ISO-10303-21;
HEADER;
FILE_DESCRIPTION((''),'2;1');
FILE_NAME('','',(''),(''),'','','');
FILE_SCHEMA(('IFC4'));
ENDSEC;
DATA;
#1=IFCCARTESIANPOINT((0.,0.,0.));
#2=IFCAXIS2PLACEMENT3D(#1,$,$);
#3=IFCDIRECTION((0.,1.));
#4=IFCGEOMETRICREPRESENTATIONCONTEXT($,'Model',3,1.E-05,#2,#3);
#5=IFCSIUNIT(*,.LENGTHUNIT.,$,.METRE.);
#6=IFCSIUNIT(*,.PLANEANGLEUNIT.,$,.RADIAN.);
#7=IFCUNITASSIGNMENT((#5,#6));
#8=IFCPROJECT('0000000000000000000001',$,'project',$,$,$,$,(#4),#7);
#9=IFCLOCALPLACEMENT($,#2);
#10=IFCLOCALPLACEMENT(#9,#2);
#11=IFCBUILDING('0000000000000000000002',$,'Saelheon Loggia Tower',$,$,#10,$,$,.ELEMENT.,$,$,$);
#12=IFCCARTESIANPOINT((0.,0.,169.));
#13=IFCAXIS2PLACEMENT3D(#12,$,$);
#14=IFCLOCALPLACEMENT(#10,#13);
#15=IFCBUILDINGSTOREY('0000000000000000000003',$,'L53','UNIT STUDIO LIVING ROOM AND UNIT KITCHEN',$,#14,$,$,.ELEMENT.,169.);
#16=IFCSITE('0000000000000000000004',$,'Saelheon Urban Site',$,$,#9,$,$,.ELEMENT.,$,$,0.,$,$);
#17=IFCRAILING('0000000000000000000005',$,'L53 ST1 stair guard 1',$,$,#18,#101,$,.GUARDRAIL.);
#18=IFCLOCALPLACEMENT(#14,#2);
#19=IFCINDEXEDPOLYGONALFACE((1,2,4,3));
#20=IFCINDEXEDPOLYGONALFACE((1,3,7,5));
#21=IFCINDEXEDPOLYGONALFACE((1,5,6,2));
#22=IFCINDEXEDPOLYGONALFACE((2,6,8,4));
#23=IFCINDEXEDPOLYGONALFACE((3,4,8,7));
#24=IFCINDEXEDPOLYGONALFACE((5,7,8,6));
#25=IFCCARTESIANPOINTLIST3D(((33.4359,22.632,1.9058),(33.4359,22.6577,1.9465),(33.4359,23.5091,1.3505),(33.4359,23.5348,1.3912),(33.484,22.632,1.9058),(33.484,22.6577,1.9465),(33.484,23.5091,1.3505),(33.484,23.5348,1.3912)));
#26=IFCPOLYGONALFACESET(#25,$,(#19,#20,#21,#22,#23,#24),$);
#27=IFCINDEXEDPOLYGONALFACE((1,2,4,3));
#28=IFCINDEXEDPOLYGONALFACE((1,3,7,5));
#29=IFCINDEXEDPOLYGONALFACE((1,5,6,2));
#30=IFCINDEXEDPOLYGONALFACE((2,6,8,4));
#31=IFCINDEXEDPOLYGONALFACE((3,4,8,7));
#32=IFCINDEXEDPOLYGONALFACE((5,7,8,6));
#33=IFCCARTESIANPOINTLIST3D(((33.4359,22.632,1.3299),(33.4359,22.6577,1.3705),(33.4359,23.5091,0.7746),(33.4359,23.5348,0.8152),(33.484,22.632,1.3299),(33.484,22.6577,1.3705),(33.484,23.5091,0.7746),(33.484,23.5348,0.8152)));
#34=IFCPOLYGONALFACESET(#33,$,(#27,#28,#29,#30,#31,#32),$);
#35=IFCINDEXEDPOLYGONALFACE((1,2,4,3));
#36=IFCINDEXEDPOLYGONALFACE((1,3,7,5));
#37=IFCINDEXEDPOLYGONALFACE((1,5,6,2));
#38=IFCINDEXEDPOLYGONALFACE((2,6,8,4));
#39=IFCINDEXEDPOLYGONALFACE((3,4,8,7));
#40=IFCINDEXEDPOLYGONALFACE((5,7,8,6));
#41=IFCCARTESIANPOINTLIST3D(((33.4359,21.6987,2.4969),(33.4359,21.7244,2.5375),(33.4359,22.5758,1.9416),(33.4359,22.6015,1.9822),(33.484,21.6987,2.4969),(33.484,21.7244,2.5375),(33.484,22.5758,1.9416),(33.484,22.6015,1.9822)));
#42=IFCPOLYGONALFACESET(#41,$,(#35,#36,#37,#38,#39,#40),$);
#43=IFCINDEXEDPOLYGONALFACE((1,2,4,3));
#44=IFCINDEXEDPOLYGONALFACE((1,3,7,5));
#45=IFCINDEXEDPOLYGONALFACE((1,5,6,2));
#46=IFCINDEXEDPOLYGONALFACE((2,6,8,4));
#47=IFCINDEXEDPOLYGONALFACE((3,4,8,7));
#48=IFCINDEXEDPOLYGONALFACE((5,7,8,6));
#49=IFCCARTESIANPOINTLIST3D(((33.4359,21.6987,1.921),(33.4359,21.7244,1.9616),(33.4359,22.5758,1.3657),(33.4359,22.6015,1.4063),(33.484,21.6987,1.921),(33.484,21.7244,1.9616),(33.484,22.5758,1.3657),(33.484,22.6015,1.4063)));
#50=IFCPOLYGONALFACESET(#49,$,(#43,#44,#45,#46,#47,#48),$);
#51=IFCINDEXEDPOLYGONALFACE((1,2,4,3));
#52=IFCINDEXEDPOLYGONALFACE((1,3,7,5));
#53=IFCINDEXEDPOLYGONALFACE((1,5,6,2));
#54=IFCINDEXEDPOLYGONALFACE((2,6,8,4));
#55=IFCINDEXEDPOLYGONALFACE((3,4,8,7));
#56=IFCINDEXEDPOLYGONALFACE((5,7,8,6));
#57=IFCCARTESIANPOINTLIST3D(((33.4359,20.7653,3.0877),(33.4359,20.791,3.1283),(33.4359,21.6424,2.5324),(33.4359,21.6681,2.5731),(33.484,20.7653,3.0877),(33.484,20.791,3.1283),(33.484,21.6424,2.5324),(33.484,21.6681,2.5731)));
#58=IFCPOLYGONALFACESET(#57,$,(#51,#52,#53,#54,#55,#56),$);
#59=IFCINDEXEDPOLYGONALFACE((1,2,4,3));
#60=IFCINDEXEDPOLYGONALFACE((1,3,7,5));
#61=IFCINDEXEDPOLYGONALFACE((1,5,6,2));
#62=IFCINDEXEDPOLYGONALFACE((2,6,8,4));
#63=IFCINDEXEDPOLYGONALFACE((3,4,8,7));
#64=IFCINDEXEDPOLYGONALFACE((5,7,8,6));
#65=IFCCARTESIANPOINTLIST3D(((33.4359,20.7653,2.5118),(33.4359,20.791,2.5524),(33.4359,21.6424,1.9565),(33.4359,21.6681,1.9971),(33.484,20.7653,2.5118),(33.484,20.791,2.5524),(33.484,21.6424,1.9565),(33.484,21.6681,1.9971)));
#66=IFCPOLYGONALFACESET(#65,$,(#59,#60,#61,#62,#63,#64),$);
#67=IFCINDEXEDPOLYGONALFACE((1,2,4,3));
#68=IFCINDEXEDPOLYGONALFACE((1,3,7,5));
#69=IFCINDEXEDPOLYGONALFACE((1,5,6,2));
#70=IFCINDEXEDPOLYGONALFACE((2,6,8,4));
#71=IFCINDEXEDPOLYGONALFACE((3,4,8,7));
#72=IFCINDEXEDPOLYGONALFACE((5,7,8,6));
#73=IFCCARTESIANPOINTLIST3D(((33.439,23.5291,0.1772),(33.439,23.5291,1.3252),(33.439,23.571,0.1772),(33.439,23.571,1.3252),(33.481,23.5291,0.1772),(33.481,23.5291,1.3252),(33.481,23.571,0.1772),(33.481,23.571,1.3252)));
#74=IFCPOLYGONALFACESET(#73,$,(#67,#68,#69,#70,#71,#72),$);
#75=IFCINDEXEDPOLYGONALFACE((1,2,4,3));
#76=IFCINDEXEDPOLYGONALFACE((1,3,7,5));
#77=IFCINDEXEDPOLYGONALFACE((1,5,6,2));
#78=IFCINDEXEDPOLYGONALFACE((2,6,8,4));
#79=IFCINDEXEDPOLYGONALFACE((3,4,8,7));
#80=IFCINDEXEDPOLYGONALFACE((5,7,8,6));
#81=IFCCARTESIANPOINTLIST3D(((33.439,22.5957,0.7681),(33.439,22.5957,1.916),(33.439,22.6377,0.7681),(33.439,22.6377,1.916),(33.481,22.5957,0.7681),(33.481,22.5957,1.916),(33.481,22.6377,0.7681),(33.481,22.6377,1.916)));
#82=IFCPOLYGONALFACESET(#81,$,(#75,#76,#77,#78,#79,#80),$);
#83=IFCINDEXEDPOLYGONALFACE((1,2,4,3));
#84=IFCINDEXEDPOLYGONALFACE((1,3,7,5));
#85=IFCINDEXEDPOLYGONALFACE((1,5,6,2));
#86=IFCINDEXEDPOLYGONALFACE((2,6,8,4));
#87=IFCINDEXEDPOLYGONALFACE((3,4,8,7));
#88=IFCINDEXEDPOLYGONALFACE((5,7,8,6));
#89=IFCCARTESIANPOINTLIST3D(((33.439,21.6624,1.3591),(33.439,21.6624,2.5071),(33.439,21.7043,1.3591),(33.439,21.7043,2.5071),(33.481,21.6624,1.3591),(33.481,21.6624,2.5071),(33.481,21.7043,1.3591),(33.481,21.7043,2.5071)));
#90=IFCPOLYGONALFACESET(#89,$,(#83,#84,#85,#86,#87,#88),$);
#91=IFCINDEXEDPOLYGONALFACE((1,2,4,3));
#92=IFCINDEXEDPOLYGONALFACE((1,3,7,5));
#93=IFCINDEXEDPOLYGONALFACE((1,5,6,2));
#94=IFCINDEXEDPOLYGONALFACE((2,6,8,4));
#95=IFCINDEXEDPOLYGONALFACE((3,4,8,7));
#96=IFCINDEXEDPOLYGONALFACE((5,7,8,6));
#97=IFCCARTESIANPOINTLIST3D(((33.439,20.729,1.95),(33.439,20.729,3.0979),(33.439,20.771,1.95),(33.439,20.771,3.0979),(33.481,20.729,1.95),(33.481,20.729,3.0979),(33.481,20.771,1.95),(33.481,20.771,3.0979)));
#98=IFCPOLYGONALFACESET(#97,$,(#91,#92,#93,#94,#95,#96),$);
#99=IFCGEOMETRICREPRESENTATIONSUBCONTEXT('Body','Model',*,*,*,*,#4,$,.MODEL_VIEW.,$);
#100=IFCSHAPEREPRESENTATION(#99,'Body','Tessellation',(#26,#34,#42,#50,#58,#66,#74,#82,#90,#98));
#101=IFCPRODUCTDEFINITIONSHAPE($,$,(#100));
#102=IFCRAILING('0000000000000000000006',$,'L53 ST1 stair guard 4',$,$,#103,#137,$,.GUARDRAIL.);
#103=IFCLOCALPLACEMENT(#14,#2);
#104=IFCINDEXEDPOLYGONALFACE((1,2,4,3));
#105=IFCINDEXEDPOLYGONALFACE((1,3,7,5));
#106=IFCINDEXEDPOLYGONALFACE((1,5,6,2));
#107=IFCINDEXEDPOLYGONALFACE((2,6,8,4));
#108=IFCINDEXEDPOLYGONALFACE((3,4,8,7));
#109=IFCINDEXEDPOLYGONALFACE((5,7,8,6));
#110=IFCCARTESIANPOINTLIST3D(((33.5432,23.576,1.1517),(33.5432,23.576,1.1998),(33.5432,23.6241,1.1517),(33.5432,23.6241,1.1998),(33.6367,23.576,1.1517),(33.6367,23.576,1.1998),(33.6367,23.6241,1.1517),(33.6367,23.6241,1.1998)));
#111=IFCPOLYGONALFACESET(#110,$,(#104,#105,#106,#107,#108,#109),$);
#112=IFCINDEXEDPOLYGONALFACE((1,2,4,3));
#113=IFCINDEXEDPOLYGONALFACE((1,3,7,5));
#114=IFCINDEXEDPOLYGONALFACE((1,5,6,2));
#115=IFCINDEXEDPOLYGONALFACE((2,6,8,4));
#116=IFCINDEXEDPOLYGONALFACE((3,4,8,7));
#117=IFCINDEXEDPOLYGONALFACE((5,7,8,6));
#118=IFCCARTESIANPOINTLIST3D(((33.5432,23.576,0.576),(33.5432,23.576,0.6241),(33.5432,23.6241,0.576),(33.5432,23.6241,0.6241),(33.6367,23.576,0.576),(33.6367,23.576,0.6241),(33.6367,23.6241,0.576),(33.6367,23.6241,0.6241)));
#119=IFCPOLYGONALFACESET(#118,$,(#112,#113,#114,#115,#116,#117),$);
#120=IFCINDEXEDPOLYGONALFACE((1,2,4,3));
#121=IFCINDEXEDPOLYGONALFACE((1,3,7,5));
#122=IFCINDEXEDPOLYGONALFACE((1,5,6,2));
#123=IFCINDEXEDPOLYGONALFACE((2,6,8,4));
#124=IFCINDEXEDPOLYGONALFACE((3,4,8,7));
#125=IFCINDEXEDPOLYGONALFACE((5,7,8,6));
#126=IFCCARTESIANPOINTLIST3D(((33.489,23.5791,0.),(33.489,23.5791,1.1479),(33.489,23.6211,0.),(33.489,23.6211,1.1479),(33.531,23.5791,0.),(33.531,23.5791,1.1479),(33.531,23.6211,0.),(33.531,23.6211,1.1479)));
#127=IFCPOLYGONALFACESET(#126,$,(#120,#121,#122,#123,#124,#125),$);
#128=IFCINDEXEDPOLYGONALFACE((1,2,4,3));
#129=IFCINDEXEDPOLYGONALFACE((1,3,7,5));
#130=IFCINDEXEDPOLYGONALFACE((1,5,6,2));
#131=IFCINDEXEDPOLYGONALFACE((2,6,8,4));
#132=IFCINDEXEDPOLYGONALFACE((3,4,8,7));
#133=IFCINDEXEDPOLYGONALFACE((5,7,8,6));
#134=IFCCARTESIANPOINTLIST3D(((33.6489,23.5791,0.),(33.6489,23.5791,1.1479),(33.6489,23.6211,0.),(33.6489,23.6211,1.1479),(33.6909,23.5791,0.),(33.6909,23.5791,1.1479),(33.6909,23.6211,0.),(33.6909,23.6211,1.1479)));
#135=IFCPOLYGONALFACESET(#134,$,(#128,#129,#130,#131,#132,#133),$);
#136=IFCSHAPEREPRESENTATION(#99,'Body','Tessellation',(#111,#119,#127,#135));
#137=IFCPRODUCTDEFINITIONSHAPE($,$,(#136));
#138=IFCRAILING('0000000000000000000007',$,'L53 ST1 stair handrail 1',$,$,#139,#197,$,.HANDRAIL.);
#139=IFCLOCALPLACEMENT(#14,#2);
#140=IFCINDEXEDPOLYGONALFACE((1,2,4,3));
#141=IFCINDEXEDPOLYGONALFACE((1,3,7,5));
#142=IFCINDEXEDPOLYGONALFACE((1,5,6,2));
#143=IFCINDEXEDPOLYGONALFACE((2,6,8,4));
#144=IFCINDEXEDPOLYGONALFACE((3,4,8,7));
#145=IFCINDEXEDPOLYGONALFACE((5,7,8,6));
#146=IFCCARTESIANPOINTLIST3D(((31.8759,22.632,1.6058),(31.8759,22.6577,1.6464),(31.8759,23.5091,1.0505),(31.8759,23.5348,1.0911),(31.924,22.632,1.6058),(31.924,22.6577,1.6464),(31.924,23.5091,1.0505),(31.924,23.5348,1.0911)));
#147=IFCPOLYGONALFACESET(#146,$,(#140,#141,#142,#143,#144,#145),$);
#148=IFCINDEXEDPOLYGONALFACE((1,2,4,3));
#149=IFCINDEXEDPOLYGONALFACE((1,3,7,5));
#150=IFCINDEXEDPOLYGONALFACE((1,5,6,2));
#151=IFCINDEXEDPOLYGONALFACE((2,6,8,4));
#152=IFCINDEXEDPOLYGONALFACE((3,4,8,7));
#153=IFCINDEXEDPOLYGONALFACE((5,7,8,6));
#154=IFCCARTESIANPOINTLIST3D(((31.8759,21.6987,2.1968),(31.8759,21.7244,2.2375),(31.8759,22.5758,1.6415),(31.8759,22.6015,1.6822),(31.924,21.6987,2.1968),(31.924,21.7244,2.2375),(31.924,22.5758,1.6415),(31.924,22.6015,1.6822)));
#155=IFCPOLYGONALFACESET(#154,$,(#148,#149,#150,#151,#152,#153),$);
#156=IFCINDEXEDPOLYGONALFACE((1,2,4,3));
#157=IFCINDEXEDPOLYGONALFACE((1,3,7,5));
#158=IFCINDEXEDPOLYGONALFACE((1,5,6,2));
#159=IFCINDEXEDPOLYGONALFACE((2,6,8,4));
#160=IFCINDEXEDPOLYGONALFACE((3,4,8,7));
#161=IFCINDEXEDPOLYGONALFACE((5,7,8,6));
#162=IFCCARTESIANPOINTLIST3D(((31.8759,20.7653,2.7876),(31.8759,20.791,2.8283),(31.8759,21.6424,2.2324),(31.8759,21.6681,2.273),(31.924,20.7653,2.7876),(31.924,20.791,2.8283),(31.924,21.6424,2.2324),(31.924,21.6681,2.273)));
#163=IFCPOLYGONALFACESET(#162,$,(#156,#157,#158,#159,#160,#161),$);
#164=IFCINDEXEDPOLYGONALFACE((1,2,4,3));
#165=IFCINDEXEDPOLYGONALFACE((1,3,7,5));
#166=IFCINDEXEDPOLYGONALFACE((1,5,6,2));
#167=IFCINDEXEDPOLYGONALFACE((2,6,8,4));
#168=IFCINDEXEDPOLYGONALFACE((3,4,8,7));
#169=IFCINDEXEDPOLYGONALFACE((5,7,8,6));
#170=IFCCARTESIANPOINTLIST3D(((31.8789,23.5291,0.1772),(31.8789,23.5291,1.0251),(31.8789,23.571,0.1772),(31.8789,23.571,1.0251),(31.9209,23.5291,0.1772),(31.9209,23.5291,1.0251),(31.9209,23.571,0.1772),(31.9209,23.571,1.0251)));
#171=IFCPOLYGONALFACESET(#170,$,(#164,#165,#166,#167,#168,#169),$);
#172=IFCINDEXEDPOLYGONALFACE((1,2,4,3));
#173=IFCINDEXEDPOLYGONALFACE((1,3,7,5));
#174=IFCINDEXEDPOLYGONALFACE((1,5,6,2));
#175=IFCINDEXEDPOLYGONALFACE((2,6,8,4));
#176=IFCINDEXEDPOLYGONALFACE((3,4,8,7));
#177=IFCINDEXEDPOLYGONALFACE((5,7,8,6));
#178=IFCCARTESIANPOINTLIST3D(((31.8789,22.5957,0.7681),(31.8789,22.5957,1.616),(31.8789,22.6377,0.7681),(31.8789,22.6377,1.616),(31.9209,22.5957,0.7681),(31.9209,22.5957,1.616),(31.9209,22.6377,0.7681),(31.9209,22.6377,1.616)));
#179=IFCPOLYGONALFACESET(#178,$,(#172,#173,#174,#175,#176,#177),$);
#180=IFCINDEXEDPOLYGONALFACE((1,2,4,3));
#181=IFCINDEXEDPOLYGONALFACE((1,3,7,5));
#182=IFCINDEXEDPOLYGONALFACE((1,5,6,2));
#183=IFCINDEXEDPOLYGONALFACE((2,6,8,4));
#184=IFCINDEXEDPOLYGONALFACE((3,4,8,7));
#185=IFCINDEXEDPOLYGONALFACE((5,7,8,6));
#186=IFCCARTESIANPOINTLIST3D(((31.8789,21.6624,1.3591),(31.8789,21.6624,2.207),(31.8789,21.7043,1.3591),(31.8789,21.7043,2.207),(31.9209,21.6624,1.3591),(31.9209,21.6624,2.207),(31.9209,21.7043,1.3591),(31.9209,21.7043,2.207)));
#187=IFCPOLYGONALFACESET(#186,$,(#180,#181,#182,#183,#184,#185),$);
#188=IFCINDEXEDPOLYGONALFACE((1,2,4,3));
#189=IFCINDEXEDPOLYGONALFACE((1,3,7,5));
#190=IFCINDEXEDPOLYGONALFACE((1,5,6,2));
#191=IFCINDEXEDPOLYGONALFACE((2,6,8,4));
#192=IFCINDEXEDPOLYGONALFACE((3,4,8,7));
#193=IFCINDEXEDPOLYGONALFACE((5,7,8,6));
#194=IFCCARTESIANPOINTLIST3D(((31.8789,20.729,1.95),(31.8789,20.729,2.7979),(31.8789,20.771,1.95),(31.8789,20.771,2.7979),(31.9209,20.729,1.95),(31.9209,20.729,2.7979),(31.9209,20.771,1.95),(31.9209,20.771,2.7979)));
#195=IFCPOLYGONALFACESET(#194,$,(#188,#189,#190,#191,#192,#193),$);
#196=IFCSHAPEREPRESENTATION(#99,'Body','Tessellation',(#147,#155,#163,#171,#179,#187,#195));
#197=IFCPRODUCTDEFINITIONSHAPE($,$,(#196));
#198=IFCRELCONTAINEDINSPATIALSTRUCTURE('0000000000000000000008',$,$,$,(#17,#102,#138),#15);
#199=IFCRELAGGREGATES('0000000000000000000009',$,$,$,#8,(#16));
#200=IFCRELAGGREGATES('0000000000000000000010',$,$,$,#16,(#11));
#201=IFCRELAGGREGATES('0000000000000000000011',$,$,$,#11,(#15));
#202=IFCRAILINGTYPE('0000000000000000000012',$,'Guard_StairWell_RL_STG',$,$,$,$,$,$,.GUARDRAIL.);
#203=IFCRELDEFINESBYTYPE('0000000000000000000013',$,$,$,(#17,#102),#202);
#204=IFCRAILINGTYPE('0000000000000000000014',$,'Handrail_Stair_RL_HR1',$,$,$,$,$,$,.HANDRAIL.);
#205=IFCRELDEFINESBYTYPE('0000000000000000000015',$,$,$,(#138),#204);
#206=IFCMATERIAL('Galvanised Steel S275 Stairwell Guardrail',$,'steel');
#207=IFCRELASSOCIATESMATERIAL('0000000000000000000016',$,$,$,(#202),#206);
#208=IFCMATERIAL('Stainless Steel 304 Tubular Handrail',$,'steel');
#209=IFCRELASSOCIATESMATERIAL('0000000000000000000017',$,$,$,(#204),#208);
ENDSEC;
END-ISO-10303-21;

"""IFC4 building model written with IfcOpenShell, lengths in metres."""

from ifc_helpers import new_model, si_unit, direction, frame, origin, origin_2d, place, context, subcontext, project, spatial, rectangle, extrude, material, type_object, element, save


model = new_model("IFC4")

# Units and contexts
model_context = context("Model", 3, precision=1e-05, world=origin(), true_north=direction((0.0, 1.0)))
body_context = subcontext(model_context, "Body", "Model", "MODEL_VIEW")
ifc_project = project(units=[si_unit("LENGTHUNIT", "METRE"), si_unit("PLANEANGLEUNIT", "RADIAN")], contexts=[model_context])

# Site, building, storey
site_placement = place(None, origin())
site = spatial("IfcSite", under=ifc_project, at=site_placement, Name="Saelheon Urban Site", CompositionType="ELEMENT", RefElevation=0.0)
building_placement = place(site_placement, origin())
building = spatial("IfcBuilding", under=site, at=building_placement, Name="Saelheon Loggia Tower", CompositionType="ELEMENT")
storey_placement = place(building_placement, frame((0.0, 0.0, 169.0)))
storey = spatial("IfcBuildingStorey", under=building, at=storey_placement, Name="L53", Description="UNIT STUDIO LIVING ROOM AND UNIT KITCHEN", CompositionType="ELEMENT", Elevation=169.0)

# Railings
ifc_material_1 = material(Name="Galvanised Steel S275 Stairwell Guardrail", Category="steel")
railing_type_1 = type_object("IfcRailingType", Name="Guard_StairWell_RL_STG", PredefinedType="GUARDRAIL", material=ifc_material_1)
railing_1_placement = place(storey_placement, frame((33.46, 23.55, 0.1772)))
element("IfcRailing", 1, at=railing_1_placement, inside=storey, type_object=railing_type_1, Name="L53 ST1 stair guard 1", PredefinedType="GUARDRAIL", context=body_context, shape_type="SweptSolid", body=[
    extrude(rectangle(XDim=0.0481, YDim=0.0481, at=origin_2d()), frame((0.0, -0.0281, 1.1936), z_axis=(0.0, -0.844909, 0.53491), x_axis=(1.0, 0.0, 0.0)), (0.0, 0.0, 1.0), 1.0381),
    extrude(rectangle(XDim=0.0481, YDim=0.0481, at=origin_2d()), frame((0.0, -0.0281, 0.6177), z_axis=(0.0, -0.844909, 0.53491), x_axis=(1.0, 0.0, 0.0)), (0.0, 0.0, 1.0), 1.0381),
    extrude(rectangle(XDim=0.0481, YDim=0.0481, at=origin_2d()), frame((0.0, -0.9614, 1.7847), z_axis=(0.0, -0.844909, 0.53491), x_axis=(1.0, 0.0, 0.0)), (0.0, 0.0, 1.0), 1.0381),
    extrude(rectangle(XDim=0.0481, YDim=0.0481, at=origin_2d()), frame((0.0, -0.9614, 1.2087), z_axis=(0.0, -0.844909, 0.53491), x_axis=(1.0, 0.0, 0.0)), (0.0, 0.0, 1.0), 1.0381),
    extrude(rectangle(XDim=0.0481, YDim=0.0481, at=origin_2d()), frame((0.0, -1.8948, 2.3755), z_axis=(0.0, -0.844909, 0.53491), x_axis=(1.0, 0.0, 0.0)), (0.0, 0.0, 1.0), 1.0381),
    extrude(rectangle(XDim=0.0481, YDim=0.0481, at=origin_2d()), frame((0.0, -1.8948, 1.7996), z_axis=(0.0, -0.844909, 0.53491), x_axis=(1.0, 0.0, 0.0)), (0.0, 0.0, 1.0), 1.0381),
    extrude(rectangle(XDim=0.042, YDim=0.042, at=origin_2d()), origin(), (0.0, 0.0, 1.0), 1.1479),
    extrude(rectangle(XDim=0.042, YDim=0.042, at=origin_2d()), frame((0.0, -0.9333, 0.5908)), (0.0, 0.0, 1.0), 1.1479),
    extrude(rectangle(XDim=0.042, YDim=0.042, at=origin_2d()), frame((0.0, -1.8667, 1.1819)), (0.0, 0.0, 1.0), 1.1479),
    extrude(rectangle(XDim=0.042, YDim=0.042, at=origin_2d()), frame((0.0, -2.8, 1.7727)), (0.0, 0.0, 1.0), 1.1479),
])
railing_2_placement = place(storey_placement, frame((33.51, 23.6001, 0.0)))
element("IfcRailing", 2, at=railing_2_placement, inside=storey, type_object=railing_type_1, Name="L53 ST1 stair guard 4", PredefinedType="GUARDRAIL", context=body_context, shape_type="SweptSolid", body=[
    extrude(rectangle(XDim=0.0481, YDim=0.0481, at=origin_2d()), frame((0.0332, 0.0, 1.1758), z_axis=(1.0, 0.0, 0.0), x_axis=(0.0, 1.0, 0.0)), (0.0, 0.0, 1.0), 0.0935),
    extrude(rectangle(XDim=0.0481, YDim=0.0481, at=origin_2d()), frame((0.0332, 0.0, 0.6001), z_axis=(1.0, 0.0, 0.0), x_axis=(0.0, 1.0, 0.0)), (0.0, 0.0, 1.0), 0.0935),
    extrude(rectangle(XDim=0.042, YDim=0.042, at=origin_2d()), origin(), (0.0, 0.0, 1.0), 1.1479),
    extrude(rectangle(XDim=0.042, YDim=0.042, at=origin_2d()), frame((0.1599, 0.0, 0.0)), (0.0, 0.0, 1.0), 1.1479),
])
ifc_material_2 = material(Name="Stainless Steel 304 Tubular Handrail", Category="steel")
railing_type_2 = type_object("IfcRailingType", Name="Handrail_Stair_RL_HR1", PredefinedType="HANDRAIL", material=ifc_material_2)
railing_3_placement = place(storey_placement, frame((31.8999, 23.55, 0.1772)))
element("IfcRailing", 3, at=railing_3_placement, inside=storey, type_object=railing_type_2, Name="L53 ST1 stair handrail 1", PredefinedType="HANDRAIL", context=body_context, shape_type="SweptSolid", body=[
    extrude(rectangle(XDim=0.0481, YDim=0.0481, at=origin_2d()), frame((0.0, -0.0281, 0.8936), z_axis=(0.0, -0.844909, 0.53491), x_axis=(1.0, 0.0, 0.0)), (0.0, 0.0, 1.0), 1.0381),
    extrude(rectangle(XDim=0.0481, YDim=0.0481, at=origin_2d()), frame((0.0, -0.9614, 1.4846), z_axis=(0.0, -0.844909, 0.53491), x_axis=(1.0, 0.0, 0.0)), (0.0, 0.0, 1.0), 1.0381),
    extrude(rectangle(XDim=0.0481, YDim=0.0481, at=origin_2d()), frame((0.0, -1.8948, 2.0754), z_axis=(0.0, -0.844909, 0.53491), x_axis=(1.0, 0.0, 0.0)), (0.0, 0.0, 1.0), 1.0381),
    extrude(rectangle(XDim=0.042, YDim=0.042, at=origin_2d()), origin(), (0.0, 0.0, 1.0), 0.8479),
    extrude(rectangle(XDim=0.042, YDim=0.042, at=origin_2d()), frame((0.0, -0.9333, 0.5908)), (0.0, 0.0, 1.0), 0.8479),
    extrude(rectangle(XDim=0.042, YDim=0.042, at=origin_2d()), frame((0.0, -1.8667, 1.1819)), (0.0, 0.0, 1.0), 0.8479),
    extrude(rectangle(XDim=0.042, YDim=0.042, at=origin_2d()), frame((0.0, -2.8, 1.7727)), (0.0, 0.0, 1.0), 0.8479),
])

save(model, "model.ifc")
